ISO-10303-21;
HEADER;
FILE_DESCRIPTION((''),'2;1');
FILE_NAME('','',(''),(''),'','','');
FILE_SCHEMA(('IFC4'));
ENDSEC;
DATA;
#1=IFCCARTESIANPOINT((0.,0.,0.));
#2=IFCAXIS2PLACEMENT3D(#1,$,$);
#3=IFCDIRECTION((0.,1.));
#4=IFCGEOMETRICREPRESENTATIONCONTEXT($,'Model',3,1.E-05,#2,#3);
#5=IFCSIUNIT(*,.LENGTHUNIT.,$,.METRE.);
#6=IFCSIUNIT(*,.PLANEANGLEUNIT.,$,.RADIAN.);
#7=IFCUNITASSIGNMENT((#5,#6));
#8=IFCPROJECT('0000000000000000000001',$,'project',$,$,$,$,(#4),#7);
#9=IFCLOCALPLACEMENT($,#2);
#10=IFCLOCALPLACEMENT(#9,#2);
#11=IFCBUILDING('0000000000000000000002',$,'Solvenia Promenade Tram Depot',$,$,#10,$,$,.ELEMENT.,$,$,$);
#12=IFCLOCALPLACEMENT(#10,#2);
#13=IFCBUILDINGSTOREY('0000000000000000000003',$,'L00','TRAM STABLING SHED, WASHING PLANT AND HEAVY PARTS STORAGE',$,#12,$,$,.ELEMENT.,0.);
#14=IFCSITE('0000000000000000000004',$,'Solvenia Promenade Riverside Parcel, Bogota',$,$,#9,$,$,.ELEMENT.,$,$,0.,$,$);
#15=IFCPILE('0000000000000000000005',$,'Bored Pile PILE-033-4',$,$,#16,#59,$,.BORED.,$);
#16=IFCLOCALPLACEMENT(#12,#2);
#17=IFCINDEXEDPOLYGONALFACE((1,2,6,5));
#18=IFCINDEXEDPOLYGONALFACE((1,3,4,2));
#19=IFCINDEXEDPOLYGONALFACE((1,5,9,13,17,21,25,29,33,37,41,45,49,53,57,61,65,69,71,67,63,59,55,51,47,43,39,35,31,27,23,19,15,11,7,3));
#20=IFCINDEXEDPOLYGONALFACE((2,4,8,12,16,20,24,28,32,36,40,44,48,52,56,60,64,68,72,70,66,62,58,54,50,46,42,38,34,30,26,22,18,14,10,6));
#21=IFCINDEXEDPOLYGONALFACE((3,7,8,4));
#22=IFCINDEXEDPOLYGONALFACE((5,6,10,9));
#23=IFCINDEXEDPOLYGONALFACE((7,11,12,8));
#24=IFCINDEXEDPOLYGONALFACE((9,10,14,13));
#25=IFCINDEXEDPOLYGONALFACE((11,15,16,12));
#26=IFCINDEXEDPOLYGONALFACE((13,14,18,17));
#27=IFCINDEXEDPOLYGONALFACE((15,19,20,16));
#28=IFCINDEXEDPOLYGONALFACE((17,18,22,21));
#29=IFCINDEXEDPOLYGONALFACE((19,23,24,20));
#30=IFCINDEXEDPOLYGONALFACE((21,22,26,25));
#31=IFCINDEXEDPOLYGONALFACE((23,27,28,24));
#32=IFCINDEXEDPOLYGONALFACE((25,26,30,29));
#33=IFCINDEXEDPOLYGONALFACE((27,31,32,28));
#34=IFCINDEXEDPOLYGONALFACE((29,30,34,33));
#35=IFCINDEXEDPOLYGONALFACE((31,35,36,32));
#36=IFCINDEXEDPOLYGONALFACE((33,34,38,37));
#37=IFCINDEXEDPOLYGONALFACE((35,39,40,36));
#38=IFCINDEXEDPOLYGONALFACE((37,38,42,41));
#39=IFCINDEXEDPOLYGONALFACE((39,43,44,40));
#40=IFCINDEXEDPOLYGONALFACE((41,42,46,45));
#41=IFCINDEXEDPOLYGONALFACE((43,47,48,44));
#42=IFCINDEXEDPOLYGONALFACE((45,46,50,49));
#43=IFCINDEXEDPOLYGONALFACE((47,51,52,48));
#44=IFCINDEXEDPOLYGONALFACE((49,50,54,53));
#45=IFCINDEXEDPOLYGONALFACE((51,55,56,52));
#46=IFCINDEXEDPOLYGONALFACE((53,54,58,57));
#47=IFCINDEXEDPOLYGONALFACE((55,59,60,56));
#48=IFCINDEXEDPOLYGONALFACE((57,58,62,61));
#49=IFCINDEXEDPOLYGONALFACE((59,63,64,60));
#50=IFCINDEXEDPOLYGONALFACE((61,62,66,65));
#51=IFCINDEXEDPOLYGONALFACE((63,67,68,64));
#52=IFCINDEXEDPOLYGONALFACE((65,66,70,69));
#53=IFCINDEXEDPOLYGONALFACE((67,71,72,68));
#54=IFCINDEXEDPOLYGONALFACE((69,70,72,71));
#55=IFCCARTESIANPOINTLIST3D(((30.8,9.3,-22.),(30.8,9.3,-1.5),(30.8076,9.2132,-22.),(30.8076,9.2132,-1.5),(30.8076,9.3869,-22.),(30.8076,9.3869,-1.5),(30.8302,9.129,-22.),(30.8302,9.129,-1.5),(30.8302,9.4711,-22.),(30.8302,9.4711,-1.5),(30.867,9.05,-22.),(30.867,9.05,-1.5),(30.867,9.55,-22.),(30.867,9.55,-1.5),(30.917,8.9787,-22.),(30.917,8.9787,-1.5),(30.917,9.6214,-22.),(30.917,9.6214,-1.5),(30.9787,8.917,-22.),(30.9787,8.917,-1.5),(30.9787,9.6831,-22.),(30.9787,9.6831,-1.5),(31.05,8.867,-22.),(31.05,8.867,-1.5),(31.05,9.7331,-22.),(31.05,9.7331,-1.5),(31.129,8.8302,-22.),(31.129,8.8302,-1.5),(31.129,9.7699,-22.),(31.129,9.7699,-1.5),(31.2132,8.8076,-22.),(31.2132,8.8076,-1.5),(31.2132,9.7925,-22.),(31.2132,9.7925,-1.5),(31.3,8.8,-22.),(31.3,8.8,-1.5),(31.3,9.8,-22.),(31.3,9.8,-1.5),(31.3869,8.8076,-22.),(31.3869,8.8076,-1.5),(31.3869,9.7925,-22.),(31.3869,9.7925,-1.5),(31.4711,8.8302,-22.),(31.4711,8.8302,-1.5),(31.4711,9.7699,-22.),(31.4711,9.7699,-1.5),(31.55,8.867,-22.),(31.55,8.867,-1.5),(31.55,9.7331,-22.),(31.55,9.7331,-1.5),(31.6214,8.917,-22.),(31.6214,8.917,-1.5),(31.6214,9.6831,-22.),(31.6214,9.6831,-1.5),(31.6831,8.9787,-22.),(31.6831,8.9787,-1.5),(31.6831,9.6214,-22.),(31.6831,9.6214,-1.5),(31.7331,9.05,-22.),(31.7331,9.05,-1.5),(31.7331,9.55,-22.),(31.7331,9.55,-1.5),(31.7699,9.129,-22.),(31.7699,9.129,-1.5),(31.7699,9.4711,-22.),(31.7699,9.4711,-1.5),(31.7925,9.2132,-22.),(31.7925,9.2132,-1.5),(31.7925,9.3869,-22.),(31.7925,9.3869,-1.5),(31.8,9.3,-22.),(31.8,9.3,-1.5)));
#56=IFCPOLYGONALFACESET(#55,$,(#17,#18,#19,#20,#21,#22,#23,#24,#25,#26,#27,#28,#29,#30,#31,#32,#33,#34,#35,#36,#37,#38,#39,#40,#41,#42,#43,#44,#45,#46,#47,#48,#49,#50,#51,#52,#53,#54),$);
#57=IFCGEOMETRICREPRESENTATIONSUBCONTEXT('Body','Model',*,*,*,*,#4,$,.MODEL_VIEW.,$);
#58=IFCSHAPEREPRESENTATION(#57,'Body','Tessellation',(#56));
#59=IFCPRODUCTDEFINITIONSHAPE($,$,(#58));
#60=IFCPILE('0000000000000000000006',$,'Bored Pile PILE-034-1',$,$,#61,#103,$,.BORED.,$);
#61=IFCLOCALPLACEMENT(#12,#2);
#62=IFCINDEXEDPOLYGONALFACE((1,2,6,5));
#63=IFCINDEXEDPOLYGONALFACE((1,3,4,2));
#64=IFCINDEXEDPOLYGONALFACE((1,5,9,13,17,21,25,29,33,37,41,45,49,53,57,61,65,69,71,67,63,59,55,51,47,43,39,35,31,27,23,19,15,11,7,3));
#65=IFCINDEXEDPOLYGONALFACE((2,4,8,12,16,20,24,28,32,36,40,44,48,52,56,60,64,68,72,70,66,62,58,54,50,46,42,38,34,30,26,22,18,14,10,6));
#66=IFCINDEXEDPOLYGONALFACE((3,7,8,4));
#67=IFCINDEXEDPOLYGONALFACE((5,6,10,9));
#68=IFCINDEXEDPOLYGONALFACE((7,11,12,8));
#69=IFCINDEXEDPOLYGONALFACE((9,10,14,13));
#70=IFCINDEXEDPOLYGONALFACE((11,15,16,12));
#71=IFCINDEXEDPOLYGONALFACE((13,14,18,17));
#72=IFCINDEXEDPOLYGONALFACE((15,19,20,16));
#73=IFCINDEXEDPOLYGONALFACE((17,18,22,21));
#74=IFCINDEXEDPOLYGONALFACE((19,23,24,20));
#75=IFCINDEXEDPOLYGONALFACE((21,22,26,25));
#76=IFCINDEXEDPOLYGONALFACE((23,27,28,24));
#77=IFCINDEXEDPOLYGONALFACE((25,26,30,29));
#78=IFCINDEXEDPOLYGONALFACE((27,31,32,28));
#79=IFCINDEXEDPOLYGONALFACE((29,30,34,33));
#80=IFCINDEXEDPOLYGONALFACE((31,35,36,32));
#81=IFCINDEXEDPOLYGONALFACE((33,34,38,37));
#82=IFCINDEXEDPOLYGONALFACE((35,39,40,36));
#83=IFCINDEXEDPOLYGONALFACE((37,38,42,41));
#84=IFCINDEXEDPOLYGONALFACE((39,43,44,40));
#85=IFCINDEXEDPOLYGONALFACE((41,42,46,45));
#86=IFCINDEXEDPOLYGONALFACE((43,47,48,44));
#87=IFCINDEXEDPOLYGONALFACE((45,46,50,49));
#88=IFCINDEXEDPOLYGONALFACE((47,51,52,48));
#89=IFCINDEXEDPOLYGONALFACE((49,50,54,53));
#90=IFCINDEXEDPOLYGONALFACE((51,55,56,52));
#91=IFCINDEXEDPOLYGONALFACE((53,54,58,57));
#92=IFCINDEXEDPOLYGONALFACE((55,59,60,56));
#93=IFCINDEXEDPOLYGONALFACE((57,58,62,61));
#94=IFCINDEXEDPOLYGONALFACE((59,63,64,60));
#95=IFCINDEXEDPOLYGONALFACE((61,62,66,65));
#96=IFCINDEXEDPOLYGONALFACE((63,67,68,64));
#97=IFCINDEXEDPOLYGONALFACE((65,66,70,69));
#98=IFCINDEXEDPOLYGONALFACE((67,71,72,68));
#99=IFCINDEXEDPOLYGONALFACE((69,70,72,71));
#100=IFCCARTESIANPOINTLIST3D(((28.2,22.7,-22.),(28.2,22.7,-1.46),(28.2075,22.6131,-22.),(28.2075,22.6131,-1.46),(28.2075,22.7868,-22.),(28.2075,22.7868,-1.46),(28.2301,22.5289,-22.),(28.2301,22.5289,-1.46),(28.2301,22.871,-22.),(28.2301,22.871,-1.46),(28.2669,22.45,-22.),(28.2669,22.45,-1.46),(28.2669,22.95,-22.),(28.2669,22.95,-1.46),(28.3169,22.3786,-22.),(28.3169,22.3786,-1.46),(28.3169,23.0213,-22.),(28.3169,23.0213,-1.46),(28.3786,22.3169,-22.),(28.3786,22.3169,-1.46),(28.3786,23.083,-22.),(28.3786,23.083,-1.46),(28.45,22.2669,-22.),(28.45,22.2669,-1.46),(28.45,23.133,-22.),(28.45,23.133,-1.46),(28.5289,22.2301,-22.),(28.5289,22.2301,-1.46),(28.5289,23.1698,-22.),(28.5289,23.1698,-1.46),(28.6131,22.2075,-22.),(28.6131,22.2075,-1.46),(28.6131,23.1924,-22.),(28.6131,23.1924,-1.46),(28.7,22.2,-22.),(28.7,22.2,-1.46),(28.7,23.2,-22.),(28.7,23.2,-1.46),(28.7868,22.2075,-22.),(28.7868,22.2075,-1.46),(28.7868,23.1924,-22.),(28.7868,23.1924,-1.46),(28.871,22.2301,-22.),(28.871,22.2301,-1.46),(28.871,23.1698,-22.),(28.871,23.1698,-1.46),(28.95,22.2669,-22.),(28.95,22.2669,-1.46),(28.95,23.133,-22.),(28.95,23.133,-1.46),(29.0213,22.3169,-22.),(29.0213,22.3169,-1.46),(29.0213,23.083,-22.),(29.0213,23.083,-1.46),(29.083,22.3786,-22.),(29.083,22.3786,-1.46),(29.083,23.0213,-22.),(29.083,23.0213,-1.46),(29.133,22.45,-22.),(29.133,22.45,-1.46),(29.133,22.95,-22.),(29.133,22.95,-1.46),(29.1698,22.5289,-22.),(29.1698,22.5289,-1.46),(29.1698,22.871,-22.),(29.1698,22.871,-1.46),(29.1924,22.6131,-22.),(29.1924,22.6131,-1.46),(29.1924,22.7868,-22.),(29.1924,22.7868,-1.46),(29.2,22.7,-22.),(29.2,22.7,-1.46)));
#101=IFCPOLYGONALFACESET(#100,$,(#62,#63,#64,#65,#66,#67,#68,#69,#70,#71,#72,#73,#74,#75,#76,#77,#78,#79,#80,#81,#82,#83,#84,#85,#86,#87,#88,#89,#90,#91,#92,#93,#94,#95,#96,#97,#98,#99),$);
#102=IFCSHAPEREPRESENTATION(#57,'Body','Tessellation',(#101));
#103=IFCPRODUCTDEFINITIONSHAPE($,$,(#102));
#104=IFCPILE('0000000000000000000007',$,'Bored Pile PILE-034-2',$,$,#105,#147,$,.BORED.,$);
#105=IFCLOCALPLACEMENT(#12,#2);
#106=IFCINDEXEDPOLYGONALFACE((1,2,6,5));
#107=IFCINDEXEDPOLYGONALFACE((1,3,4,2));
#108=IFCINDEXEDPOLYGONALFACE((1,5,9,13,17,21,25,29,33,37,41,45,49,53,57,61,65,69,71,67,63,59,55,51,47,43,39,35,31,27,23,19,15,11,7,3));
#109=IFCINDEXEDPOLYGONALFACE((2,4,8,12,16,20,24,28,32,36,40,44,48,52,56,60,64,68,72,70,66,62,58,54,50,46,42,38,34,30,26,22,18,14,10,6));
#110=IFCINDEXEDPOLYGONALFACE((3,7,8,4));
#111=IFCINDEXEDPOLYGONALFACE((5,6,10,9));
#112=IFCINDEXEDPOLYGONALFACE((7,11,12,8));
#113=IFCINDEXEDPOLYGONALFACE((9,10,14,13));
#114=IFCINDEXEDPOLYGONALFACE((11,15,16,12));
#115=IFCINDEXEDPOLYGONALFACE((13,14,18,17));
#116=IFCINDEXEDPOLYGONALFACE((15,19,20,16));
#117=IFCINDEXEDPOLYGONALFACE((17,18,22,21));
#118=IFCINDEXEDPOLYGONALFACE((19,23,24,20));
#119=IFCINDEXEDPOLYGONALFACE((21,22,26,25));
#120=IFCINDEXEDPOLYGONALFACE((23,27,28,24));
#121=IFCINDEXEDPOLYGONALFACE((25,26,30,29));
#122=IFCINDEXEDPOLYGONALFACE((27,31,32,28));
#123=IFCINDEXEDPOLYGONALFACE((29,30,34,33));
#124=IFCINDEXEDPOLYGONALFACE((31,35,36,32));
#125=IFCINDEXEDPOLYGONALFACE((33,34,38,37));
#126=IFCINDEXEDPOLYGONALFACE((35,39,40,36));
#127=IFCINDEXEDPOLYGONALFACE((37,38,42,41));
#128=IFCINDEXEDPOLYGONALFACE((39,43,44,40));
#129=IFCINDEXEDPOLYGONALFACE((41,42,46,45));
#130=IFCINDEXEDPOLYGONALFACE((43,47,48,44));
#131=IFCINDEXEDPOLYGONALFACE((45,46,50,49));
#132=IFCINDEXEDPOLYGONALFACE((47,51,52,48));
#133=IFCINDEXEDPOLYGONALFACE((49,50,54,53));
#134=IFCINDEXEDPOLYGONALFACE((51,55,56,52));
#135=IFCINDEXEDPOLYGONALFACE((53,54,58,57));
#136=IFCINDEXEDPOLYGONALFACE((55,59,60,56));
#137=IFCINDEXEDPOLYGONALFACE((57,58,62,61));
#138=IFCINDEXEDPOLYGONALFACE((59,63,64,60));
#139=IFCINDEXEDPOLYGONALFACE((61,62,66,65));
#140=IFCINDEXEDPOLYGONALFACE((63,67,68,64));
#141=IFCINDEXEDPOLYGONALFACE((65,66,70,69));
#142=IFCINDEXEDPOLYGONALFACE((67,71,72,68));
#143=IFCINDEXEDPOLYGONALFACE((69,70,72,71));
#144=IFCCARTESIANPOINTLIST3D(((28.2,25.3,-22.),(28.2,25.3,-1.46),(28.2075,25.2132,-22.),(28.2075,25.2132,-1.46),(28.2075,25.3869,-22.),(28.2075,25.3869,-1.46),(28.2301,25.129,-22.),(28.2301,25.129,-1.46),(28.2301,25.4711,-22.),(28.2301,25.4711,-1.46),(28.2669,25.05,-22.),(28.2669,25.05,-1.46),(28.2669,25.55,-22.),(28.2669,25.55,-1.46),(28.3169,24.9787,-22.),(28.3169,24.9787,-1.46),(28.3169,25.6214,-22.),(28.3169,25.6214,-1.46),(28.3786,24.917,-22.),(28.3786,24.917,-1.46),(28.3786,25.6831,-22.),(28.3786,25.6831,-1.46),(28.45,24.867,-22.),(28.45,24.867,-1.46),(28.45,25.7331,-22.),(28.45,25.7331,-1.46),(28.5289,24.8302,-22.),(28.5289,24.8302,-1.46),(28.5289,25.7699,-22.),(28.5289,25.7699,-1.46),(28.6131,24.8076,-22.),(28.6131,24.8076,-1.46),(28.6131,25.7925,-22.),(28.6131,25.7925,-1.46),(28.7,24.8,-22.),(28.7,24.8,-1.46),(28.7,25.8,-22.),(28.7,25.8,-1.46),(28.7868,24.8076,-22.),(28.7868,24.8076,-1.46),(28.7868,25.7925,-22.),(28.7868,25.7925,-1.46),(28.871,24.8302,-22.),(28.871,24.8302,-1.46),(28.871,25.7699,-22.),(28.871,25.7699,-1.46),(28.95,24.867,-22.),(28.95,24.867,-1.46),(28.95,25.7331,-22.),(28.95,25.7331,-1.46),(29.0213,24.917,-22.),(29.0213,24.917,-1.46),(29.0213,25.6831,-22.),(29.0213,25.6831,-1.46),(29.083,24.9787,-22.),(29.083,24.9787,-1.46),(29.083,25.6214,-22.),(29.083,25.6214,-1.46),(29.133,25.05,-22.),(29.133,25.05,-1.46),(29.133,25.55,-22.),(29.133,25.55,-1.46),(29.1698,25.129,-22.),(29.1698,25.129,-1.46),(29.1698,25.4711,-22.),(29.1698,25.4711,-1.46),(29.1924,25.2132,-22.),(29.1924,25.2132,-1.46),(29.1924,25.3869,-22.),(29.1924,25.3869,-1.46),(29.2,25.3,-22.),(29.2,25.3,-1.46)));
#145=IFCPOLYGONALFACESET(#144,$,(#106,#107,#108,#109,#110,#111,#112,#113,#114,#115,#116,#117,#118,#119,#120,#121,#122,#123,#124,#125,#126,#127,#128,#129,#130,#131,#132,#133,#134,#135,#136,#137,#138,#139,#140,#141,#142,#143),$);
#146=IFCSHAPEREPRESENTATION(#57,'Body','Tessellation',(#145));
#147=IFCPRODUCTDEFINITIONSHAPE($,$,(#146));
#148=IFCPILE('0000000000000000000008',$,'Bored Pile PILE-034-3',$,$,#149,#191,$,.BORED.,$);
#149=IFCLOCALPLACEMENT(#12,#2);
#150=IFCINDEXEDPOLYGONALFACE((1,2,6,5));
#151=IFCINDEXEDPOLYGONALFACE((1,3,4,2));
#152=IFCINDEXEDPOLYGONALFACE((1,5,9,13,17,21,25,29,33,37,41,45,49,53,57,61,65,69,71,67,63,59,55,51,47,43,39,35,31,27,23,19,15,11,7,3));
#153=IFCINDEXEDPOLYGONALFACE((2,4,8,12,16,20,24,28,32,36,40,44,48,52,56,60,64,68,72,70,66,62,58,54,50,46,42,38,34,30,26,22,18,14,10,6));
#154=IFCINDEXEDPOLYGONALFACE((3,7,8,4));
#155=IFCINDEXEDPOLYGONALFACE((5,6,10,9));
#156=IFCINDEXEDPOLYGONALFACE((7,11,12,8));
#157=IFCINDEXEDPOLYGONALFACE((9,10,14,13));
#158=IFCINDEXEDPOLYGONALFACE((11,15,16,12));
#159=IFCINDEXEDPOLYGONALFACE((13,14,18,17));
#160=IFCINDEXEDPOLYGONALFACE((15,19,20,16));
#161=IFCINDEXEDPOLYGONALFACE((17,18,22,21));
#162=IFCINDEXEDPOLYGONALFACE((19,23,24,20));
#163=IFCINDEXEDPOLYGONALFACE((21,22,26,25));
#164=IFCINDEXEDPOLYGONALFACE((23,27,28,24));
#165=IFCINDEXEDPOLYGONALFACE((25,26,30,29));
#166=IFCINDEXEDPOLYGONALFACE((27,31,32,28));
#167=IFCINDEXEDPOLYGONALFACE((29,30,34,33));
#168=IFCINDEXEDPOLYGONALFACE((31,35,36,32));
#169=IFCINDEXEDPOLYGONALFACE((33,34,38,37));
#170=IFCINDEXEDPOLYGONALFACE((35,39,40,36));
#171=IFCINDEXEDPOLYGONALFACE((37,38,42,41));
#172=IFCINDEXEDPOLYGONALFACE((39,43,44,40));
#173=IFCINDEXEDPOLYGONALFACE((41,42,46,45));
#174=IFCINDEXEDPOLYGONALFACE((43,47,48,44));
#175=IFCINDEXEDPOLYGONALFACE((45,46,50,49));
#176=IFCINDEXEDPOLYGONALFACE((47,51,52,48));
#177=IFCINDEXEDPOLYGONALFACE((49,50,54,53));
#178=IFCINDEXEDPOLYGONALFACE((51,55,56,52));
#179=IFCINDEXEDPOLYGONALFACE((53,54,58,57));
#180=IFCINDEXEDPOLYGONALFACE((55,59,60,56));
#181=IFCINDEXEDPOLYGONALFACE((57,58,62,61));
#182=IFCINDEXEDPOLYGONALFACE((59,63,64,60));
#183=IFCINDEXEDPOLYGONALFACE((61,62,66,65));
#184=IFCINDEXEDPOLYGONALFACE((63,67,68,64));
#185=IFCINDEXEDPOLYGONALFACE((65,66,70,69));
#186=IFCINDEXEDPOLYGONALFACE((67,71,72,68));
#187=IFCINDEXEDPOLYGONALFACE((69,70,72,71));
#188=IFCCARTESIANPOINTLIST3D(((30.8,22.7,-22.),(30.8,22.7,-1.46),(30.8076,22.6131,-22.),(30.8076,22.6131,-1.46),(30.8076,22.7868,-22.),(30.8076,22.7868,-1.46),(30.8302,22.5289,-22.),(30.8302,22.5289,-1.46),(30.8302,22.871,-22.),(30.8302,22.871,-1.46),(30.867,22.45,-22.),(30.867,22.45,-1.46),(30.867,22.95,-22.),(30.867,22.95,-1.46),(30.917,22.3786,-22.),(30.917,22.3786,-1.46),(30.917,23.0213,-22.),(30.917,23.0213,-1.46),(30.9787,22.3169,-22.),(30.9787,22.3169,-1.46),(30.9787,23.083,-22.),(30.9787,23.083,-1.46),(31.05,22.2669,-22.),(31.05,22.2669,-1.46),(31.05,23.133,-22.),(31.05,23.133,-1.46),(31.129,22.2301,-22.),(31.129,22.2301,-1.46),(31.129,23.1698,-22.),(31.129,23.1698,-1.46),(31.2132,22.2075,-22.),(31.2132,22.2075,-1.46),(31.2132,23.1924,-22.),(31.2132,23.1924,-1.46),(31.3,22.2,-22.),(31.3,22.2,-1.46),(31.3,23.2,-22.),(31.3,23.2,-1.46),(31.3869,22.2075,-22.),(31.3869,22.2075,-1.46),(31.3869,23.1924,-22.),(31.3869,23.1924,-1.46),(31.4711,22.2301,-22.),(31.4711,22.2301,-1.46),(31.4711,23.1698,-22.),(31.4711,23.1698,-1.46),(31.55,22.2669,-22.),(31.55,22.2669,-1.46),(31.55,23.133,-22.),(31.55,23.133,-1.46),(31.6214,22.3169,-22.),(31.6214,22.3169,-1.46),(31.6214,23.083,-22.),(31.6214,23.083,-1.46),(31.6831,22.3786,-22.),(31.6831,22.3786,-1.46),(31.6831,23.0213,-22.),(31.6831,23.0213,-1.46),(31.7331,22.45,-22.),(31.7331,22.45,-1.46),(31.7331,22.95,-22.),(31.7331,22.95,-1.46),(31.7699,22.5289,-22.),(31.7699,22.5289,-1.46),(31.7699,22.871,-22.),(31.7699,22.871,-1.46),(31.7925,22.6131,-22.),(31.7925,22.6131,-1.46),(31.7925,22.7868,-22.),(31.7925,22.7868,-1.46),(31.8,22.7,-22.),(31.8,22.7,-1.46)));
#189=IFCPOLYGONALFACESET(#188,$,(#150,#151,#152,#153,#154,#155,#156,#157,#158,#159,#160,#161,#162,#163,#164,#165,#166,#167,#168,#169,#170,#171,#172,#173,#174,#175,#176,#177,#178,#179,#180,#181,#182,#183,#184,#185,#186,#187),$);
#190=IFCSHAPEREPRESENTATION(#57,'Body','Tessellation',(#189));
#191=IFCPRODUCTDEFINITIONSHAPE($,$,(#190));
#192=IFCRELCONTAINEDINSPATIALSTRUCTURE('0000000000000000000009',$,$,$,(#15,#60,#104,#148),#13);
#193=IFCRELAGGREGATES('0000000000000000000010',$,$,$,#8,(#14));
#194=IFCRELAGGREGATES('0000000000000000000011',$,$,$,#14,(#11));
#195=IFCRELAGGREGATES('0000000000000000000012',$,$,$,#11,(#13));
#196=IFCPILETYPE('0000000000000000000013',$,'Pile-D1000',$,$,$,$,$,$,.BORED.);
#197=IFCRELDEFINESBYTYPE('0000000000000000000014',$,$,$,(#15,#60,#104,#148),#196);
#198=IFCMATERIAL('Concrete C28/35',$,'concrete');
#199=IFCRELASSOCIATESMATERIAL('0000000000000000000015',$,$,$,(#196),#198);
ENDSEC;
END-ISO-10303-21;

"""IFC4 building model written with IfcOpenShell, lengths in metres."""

from ifc_helpers import new_model, si_unit, direction, frame, origin, origin_2d, place, context, subcontext, project, spatial, circle, extrude, material, material_profile, profile_set, type_object, element, save


model = new_model("IFC4")

# Units and contexts
model_context = context("Model", 3, precision=1e-05, world=origin(), true_north=direction((0.0, 1.0)))
body_context = subcontext(model_context, "Body", "Model", "MODEL_VIEW")
ifc_project = project(units=[si_unit("LENGTHUNIT", "METRE"), si_unit("PLANEANGLEUNIT", "RADIAN")], contexts=[model_context])

# Site, building, storey
site_placement = place(None, origin())
site = spatial("IfcSite", under=ifc_project, at=site_placement, Name="Solvenia Promenade Riverside Parcel, Bogota", CompositionType="ELEMENT", RefElevation=0.0)
building_placement = place(site_placement, origin())
building = spatial("IfcBuilding", under=site, at=building_placement, Name="Solvenia Promenade Tram Depot", CompositionType="ELEMENT")
storey_placement = place(building_placement, origin())
storey = spatial("IfcBuildingStorey", under=building, at=storey_placement, Name="L00", Description="TRAM STABLING SHED, WASHING PLANT AND HEAVY PARTS STORAGE", CompositionType="ELEMENT", Elevation=0.0)

# Shared definitions
ifc_material_1 = material(Name="Concrete C28/35", Category="concrete")

# Piles
ifc_material_profile_1 = material_profile(ifc_material_1, circle(Radius=0.5, at=origin_2d()), Name="D1000", Category="concrete")
ifc_profile_set_1 = profile_set([ifc_material_profile_1], Name="Concrete C28/35")
pile_type_1 = type_object("IfcPileType", Name="Pile-D1000", PredefinedType="BORED", material=ifc_profile_set_1)
for number, where, z_axis, x_axis, name in (
    (1, (31.3, 9.3, -1.5), (0.0, 0.0, -1.0), (1.0, 0.0, 0.0), "Bored Pile PILE-033-4"),
):
    element("IfcPile", number, at=place(storey_placement, frame(where, z_axis=z_axis, x_axis=x_axis)), inside=storey, type_object=pile_type_1, Name=name, PredefinedType="BORED", context=body_context, shape_type="SweptSolid", body=[
        extrude(circle(Radius=0.5, at=origin_2d()), origin(), (0.0, 0.0, 1.0), 20.5),
    ])
for number, where, z_axis, x_axis, name in (
    (2, (28.7, 22.7, -1.46), (0.0, 0.0, -1.0), (1.0, 0.0, 0.0), "Bored Pile PILE-034-1"),
    (3, (28.7, 25.3, -1.46), (0.0, 0.0, -1.0), (1.0, 0.0, 0.0), "Bored Pile PILE-034-2"),
    (4, (31.3, 22.7, -1.46), (0.0, 0.0, -1.0), (1.0, 0.0, 0.0), "Bored Pile PILE-034-3"),
):
    element("IfcPile", number, at=place(storey_placement, frame(where, z_axis=z_axis, x_axis=x_axis)), inside=storey, type_object=pile_type_1, Name=name, PredefinedType="BORED", context=body_context, shape_type="SweptSolid", body=[
        extrude(circle(Radius=0.5, at=origin_2d()), origin(), (0.0, 0.0, 1.0), 20.54),
    ])

save(model, "model.ifc")
